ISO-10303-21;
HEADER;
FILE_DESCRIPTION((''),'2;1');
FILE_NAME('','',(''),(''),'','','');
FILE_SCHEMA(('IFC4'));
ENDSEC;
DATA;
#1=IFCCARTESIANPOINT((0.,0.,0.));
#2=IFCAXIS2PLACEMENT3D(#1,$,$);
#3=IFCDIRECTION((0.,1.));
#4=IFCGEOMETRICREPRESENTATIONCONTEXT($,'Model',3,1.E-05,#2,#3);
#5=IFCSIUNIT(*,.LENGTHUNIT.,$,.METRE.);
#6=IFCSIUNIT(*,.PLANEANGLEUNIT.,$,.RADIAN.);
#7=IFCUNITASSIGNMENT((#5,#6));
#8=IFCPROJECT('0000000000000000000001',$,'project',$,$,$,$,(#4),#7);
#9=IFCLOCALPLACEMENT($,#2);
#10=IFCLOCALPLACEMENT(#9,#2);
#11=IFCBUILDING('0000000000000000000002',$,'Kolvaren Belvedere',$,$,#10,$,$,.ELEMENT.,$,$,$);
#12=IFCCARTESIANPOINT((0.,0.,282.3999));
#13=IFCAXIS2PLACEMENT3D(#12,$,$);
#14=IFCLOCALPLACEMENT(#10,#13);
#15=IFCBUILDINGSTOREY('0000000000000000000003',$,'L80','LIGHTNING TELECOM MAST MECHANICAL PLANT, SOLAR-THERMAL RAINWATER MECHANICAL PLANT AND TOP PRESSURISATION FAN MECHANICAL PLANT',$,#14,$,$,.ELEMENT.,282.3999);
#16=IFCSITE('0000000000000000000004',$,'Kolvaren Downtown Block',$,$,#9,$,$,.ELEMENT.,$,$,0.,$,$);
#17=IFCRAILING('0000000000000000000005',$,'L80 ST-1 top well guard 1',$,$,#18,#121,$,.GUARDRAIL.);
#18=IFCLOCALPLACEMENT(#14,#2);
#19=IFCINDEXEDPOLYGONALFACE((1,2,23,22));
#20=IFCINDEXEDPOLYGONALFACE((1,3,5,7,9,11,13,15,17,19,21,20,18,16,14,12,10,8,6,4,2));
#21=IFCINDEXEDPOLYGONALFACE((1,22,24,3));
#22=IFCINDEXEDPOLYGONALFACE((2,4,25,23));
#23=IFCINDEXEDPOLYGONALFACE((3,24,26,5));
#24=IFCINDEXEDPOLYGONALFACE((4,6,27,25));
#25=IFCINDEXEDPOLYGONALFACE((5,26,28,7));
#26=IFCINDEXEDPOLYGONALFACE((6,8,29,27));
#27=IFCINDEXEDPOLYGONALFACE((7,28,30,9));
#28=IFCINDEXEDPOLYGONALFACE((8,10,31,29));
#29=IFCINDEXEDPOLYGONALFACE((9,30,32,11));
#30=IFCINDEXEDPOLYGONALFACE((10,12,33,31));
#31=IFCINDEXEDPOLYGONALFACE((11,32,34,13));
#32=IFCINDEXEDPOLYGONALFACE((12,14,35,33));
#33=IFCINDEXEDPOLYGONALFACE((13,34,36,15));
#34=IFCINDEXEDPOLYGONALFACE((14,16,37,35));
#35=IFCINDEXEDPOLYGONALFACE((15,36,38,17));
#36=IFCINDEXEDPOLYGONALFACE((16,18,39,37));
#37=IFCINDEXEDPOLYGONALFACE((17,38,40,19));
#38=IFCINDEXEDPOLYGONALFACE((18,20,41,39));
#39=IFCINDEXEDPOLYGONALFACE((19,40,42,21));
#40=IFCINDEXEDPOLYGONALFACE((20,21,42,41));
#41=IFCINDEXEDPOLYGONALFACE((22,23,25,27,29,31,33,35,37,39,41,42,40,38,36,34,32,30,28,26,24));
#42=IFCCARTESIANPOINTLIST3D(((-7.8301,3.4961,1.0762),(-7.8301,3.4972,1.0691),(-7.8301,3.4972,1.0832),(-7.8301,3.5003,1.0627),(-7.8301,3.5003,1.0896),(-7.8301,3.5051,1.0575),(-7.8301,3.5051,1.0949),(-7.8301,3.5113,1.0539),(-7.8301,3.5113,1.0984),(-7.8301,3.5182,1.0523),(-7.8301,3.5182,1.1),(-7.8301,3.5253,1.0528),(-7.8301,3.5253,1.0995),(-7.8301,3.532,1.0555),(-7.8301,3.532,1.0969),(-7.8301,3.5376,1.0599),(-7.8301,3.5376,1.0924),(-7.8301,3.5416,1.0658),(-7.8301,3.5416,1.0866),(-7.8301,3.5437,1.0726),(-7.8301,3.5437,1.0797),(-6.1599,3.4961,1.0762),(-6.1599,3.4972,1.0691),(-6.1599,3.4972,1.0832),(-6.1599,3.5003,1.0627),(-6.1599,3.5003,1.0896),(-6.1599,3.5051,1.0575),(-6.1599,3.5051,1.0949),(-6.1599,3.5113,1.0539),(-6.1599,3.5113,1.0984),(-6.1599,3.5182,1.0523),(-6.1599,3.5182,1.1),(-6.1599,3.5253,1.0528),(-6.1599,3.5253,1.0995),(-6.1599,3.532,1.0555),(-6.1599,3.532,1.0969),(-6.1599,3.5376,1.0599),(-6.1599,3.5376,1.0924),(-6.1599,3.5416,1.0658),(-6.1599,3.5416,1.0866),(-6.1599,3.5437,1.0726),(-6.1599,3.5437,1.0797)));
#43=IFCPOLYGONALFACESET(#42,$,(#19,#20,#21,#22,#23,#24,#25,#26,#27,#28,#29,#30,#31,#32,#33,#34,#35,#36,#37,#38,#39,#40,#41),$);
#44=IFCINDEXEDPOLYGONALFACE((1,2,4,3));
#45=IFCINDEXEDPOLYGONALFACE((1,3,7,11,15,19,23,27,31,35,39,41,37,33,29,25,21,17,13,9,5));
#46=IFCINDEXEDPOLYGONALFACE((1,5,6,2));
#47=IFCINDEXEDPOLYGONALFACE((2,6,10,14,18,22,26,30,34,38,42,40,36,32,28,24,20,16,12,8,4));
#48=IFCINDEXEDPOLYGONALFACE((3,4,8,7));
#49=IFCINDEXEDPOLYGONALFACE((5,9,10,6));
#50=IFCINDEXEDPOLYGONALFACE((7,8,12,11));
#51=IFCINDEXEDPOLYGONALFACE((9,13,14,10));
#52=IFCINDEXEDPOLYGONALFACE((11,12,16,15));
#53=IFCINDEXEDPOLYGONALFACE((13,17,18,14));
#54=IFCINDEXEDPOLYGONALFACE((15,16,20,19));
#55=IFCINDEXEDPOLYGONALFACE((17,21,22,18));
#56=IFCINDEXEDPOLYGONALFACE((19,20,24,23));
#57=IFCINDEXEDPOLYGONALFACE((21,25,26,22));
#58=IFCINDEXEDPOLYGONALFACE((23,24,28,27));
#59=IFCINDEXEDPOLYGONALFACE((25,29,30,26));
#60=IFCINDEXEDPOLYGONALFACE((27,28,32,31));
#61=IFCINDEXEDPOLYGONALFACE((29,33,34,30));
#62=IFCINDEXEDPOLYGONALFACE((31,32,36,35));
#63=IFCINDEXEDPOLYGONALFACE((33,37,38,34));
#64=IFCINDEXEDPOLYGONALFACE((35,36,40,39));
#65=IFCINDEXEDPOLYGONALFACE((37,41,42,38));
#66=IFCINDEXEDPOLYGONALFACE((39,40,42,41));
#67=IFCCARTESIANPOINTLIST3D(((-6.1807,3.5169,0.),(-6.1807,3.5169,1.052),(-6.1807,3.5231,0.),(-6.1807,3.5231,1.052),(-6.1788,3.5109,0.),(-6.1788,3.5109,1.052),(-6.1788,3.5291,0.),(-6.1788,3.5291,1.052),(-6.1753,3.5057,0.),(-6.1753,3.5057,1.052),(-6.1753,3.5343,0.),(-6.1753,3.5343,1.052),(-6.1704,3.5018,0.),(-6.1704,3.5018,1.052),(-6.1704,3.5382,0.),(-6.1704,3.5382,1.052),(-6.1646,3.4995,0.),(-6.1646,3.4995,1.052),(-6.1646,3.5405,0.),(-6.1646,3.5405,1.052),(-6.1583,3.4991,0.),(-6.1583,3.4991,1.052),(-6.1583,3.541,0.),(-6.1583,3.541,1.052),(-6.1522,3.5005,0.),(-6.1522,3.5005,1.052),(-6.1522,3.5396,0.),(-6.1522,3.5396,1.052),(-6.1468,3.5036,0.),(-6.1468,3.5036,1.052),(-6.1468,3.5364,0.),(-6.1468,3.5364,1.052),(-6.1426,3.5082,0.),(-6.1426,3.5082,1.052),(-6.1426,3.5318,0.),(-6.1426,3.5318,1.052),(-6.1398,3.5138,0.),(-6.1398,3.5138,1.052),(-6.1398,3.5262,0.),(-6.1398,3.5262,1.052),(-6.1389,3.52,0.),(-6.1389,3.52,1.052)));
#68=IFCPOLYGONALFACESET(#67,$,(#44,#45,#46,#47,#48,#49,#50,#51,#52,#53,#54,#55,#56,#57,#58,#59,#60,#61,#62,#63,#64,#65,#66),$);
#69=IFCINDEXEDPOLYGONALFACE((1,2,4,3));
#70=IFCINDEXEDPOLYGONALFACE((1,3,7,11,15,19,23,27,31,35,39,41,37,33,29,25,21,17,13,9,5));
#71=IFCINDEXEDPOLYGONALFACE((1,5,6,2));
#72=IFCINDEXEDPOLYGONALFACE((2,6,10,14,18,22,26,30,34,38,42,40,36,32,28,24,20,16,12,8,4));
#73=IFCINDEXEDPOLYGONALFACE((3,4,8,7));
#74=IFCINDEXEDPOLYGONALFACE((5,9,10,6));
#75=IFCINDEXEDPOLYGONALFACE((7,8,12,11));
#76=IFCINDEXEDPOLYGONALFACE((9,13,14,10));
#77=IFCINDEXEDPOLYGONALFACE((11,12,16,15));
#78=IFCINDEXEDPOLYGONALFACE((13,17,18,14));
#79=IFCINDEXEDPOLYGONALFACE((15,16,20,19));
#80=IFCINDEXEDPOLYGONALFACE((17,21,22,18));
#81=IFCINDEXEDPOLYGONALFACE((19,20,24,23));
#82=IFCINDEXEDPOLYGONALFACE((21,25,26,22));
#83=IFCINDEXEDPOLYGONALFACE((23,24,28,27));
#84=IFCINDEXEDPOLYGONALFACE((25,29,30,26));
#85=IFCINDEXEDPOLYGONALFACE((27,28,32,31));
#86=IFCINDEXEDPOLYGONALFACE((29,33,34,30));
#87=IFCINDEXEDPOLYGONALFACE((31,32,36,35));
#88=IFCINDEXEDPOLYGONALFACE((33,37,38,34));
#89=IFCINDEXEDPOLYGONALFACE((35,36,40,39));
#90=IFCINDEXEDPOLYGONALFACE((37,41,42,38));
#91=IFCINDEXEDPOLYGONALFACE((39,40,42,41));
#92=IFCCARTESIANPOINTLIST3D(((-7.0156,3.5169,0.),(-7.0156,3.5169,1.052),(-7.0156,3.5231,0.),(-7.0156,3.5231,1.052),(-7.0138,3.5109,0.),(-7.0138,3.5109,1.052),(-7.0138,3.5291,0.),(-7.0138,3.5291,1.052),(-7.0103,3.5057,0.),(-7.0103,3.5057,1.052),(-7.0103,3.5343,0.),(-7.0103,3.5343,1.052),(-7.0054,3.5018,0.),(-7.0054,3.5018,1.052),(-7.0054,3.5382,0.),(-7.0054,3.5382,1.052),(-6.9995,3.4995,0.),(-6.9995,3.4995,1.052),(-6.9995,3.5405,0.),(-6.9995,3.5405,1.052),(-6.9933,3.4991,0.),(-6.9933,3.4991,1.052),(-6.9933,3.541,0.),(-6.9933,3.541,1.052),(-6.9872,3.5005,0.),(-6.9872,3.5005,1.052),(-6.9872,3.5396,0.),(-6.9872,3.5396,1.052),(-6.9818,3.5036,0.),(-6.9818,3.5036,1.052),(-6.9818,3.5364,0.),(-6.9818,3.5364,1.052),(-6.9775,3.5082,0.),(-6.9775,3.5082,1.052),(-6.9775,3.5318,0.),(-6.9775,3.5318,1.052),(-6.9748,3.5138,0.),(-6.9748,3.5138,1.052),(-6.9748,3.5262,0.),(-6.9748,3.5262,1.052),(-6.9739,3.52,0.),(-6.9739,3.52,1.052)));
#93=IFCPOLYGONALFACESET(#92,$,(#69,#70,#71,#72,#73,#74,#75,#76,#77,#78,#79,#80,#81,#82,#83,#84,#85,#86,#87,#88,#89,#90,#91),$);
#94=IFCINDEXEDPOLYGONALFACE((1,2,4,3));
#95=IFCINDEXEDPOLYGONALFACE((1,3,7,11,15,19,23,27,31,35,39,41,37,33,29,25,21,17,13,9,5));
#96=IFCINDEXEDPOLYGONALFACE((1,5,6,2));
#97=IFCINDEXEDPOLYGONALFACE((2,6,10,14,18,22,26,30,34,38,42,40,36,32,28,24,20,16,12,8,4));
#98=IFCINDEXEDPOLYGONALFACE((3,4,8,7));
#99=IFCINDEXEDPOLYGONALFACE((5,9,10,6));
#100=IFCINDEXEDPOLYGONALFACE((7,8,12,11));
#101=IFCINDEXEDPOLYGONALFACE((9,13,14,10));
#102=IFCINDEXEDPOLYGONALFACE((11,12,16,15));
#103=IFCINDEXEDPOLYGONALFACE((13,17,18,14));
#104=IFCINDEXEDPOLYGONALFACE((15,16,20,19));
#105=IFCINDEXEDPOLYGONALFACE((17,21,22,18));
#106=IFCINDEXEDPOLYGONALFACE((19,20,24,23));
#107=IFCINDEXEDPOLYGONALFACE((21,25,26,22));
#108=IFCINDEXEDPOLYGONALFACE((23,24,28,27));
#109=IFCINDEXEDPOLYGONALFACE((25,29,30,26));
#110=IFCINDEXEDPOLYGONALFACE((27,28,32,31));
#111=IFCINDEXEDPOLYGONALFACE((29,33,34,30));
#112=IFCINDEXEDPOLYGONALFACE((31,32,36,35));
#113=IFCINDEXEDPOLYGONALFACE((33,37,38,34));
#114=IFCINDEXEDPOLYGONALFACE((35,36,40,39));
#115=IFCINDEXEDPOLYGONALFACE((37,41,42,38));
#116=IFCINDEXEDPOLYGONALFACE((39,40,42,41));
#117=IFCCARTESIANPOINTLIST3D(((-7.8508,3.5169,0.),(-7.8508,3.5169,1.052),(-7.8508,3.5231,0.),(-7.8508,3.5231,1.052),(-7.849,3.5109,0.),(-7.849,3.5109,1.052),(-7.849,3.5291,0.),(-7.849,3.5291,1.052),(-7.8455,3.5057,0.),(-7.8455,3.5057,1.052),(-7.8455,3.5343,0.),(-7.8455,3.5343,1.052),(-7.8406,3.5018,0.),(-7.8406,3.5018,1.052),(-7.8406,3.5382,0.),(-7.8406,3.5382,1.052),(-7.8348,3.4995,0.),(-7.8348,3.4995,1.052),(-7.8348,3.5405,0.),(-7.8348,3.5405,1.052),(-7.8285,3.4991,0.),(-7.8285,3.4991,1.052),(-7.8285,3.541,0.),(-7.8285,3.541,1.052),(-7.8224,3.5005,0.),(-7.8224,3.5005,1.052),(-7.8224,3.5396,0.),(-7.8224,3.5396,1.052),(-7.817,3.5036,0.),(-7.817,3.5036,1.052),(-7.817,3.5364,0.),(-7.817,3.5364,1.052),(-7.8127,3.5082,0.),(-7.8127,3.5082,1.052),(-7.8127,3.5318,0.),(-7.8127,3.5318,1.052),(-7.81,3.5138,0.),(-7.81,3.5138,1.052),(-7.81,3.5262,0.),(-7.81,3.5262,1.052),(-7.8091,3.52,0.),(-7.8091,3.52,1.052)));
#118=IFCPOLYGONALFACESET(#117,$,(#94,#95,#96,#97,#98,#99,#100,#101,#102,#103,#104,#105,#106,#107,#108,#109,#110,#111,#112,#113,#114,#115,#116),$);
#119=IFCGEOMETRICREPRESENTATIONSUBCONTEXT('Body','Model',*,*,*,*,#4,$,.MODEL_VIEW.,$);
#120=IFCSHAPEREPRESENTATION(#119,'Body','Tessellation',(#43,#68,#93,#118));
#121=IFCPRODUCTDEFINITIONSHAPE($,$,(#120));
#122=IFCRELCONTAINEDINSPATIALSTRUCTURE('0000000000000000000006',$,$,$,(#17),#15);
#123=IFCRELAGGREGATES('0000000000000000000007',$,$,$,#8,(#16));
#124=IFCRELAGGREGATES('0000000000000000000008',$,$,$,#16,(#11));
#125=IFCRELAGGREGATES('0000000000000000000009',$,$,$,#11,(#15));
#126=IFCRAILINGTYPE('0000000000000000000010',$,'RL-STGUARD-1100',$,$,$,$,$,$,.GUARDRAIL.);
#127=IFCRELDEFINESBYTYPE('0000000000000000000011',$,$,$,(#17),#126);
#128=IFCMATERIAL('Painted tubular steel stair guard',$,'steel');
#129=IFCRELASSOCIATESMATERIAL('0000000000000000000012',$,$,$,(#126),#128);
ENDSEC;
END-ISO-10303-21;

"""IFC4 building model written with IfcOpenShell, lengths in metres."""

from ifc_helpers import new_model, si_unit, direction, frame, origin, origin_2d, place, context, subcontext, project, spatial, circle, extrude, material, type_object, element, save


model = new_model("IFC4")

# Units and contexts
model_context = context("Model", 3, precision=1e-05, world=origin(), true_north=direction((0.0, 1.0)))
body_context = subcontext(model_context, "Body", "Model", "MODEL_VIEW")
ifc_project = project(units=[si_unit("LENGTHUNIT", "METRE"), si_unit("PLANEANGLEUNIT", "RADIAN")], contexts=[model_context])

# Site, building, storey
site_placement = place(None, origin())
site = spatial("IfcSite", under=ifc_project, at=site_placement, Name="Kolvaren Downtown Block", CompositionType="ELEMENT", RefElevation=0.0)
building_placement = place(site_placement, origin())
building = spatial("IfcBuilding", under=site, at=building_placement, Name="Kolvaren Belvedere", CompositionType="ELEMENT")
storey_placement = place(building_placement, frame((0.0, 0.0, 282.3999)))
storey = spatial("IfcBuildingStorey", under=building, at=storey_placement, Name="L80", Description="LIGHTNING TELECOM MAST MECHANICAL PLANT, SOLAR-THERMAL RAINWATER MECHANICAL PLANT AND TOP PRESSURISATION FAN MECHANICAL PLANT", CompositionType="ELEMENT", Elevation=282.3999)

# Railing
ifc_material_1 = material(Name="Painted tubular steel stair guard", Category="steel")
railing_type = type_object("IfcRailingType", Name="RL-STGUARD-1100", PredefinedType="GUARDRAIL", material=ifc_material_1)
railing_placement = place(storey_placement, frame((-6.1599, 3.52, 0.0)))
element("IfcRailing", 1, at=railing_placement, inside=storey, type_object=railing_type, Name="L80 ST-1 top well guard 1", PredefinedType="GUARDRAIL", context=body_context, shape_type="SweptSolid", body=[
    extrude(circle(Radius=0.0239, at=origin_2d()), frame((0.0, 0.0, 1.0762), z_axis=(-1.0, 0.0, 0.0), x_axis=(0.0, -1.0, 0.0)), (0.0, 0.0, 1.0), 1.6702),
    extrude(circle(Radius=0.021, at=origin_2d()), origin(), (0.0, 0.0, 1.0), 1.052),
    extrude(circle(Radius=0.021, at=origin_2d()), frame((-0.835, 0.0, 0.0)), (0.0, 0.0, 1.0), 1.052),
    extrude(circle(Radius=0.021, at=origin_2d()), frame((-1.6702, 0.0, 0.0)), (0.0, 0.0, 1.0), 1.052),
])

save(model, "model.ifc")
